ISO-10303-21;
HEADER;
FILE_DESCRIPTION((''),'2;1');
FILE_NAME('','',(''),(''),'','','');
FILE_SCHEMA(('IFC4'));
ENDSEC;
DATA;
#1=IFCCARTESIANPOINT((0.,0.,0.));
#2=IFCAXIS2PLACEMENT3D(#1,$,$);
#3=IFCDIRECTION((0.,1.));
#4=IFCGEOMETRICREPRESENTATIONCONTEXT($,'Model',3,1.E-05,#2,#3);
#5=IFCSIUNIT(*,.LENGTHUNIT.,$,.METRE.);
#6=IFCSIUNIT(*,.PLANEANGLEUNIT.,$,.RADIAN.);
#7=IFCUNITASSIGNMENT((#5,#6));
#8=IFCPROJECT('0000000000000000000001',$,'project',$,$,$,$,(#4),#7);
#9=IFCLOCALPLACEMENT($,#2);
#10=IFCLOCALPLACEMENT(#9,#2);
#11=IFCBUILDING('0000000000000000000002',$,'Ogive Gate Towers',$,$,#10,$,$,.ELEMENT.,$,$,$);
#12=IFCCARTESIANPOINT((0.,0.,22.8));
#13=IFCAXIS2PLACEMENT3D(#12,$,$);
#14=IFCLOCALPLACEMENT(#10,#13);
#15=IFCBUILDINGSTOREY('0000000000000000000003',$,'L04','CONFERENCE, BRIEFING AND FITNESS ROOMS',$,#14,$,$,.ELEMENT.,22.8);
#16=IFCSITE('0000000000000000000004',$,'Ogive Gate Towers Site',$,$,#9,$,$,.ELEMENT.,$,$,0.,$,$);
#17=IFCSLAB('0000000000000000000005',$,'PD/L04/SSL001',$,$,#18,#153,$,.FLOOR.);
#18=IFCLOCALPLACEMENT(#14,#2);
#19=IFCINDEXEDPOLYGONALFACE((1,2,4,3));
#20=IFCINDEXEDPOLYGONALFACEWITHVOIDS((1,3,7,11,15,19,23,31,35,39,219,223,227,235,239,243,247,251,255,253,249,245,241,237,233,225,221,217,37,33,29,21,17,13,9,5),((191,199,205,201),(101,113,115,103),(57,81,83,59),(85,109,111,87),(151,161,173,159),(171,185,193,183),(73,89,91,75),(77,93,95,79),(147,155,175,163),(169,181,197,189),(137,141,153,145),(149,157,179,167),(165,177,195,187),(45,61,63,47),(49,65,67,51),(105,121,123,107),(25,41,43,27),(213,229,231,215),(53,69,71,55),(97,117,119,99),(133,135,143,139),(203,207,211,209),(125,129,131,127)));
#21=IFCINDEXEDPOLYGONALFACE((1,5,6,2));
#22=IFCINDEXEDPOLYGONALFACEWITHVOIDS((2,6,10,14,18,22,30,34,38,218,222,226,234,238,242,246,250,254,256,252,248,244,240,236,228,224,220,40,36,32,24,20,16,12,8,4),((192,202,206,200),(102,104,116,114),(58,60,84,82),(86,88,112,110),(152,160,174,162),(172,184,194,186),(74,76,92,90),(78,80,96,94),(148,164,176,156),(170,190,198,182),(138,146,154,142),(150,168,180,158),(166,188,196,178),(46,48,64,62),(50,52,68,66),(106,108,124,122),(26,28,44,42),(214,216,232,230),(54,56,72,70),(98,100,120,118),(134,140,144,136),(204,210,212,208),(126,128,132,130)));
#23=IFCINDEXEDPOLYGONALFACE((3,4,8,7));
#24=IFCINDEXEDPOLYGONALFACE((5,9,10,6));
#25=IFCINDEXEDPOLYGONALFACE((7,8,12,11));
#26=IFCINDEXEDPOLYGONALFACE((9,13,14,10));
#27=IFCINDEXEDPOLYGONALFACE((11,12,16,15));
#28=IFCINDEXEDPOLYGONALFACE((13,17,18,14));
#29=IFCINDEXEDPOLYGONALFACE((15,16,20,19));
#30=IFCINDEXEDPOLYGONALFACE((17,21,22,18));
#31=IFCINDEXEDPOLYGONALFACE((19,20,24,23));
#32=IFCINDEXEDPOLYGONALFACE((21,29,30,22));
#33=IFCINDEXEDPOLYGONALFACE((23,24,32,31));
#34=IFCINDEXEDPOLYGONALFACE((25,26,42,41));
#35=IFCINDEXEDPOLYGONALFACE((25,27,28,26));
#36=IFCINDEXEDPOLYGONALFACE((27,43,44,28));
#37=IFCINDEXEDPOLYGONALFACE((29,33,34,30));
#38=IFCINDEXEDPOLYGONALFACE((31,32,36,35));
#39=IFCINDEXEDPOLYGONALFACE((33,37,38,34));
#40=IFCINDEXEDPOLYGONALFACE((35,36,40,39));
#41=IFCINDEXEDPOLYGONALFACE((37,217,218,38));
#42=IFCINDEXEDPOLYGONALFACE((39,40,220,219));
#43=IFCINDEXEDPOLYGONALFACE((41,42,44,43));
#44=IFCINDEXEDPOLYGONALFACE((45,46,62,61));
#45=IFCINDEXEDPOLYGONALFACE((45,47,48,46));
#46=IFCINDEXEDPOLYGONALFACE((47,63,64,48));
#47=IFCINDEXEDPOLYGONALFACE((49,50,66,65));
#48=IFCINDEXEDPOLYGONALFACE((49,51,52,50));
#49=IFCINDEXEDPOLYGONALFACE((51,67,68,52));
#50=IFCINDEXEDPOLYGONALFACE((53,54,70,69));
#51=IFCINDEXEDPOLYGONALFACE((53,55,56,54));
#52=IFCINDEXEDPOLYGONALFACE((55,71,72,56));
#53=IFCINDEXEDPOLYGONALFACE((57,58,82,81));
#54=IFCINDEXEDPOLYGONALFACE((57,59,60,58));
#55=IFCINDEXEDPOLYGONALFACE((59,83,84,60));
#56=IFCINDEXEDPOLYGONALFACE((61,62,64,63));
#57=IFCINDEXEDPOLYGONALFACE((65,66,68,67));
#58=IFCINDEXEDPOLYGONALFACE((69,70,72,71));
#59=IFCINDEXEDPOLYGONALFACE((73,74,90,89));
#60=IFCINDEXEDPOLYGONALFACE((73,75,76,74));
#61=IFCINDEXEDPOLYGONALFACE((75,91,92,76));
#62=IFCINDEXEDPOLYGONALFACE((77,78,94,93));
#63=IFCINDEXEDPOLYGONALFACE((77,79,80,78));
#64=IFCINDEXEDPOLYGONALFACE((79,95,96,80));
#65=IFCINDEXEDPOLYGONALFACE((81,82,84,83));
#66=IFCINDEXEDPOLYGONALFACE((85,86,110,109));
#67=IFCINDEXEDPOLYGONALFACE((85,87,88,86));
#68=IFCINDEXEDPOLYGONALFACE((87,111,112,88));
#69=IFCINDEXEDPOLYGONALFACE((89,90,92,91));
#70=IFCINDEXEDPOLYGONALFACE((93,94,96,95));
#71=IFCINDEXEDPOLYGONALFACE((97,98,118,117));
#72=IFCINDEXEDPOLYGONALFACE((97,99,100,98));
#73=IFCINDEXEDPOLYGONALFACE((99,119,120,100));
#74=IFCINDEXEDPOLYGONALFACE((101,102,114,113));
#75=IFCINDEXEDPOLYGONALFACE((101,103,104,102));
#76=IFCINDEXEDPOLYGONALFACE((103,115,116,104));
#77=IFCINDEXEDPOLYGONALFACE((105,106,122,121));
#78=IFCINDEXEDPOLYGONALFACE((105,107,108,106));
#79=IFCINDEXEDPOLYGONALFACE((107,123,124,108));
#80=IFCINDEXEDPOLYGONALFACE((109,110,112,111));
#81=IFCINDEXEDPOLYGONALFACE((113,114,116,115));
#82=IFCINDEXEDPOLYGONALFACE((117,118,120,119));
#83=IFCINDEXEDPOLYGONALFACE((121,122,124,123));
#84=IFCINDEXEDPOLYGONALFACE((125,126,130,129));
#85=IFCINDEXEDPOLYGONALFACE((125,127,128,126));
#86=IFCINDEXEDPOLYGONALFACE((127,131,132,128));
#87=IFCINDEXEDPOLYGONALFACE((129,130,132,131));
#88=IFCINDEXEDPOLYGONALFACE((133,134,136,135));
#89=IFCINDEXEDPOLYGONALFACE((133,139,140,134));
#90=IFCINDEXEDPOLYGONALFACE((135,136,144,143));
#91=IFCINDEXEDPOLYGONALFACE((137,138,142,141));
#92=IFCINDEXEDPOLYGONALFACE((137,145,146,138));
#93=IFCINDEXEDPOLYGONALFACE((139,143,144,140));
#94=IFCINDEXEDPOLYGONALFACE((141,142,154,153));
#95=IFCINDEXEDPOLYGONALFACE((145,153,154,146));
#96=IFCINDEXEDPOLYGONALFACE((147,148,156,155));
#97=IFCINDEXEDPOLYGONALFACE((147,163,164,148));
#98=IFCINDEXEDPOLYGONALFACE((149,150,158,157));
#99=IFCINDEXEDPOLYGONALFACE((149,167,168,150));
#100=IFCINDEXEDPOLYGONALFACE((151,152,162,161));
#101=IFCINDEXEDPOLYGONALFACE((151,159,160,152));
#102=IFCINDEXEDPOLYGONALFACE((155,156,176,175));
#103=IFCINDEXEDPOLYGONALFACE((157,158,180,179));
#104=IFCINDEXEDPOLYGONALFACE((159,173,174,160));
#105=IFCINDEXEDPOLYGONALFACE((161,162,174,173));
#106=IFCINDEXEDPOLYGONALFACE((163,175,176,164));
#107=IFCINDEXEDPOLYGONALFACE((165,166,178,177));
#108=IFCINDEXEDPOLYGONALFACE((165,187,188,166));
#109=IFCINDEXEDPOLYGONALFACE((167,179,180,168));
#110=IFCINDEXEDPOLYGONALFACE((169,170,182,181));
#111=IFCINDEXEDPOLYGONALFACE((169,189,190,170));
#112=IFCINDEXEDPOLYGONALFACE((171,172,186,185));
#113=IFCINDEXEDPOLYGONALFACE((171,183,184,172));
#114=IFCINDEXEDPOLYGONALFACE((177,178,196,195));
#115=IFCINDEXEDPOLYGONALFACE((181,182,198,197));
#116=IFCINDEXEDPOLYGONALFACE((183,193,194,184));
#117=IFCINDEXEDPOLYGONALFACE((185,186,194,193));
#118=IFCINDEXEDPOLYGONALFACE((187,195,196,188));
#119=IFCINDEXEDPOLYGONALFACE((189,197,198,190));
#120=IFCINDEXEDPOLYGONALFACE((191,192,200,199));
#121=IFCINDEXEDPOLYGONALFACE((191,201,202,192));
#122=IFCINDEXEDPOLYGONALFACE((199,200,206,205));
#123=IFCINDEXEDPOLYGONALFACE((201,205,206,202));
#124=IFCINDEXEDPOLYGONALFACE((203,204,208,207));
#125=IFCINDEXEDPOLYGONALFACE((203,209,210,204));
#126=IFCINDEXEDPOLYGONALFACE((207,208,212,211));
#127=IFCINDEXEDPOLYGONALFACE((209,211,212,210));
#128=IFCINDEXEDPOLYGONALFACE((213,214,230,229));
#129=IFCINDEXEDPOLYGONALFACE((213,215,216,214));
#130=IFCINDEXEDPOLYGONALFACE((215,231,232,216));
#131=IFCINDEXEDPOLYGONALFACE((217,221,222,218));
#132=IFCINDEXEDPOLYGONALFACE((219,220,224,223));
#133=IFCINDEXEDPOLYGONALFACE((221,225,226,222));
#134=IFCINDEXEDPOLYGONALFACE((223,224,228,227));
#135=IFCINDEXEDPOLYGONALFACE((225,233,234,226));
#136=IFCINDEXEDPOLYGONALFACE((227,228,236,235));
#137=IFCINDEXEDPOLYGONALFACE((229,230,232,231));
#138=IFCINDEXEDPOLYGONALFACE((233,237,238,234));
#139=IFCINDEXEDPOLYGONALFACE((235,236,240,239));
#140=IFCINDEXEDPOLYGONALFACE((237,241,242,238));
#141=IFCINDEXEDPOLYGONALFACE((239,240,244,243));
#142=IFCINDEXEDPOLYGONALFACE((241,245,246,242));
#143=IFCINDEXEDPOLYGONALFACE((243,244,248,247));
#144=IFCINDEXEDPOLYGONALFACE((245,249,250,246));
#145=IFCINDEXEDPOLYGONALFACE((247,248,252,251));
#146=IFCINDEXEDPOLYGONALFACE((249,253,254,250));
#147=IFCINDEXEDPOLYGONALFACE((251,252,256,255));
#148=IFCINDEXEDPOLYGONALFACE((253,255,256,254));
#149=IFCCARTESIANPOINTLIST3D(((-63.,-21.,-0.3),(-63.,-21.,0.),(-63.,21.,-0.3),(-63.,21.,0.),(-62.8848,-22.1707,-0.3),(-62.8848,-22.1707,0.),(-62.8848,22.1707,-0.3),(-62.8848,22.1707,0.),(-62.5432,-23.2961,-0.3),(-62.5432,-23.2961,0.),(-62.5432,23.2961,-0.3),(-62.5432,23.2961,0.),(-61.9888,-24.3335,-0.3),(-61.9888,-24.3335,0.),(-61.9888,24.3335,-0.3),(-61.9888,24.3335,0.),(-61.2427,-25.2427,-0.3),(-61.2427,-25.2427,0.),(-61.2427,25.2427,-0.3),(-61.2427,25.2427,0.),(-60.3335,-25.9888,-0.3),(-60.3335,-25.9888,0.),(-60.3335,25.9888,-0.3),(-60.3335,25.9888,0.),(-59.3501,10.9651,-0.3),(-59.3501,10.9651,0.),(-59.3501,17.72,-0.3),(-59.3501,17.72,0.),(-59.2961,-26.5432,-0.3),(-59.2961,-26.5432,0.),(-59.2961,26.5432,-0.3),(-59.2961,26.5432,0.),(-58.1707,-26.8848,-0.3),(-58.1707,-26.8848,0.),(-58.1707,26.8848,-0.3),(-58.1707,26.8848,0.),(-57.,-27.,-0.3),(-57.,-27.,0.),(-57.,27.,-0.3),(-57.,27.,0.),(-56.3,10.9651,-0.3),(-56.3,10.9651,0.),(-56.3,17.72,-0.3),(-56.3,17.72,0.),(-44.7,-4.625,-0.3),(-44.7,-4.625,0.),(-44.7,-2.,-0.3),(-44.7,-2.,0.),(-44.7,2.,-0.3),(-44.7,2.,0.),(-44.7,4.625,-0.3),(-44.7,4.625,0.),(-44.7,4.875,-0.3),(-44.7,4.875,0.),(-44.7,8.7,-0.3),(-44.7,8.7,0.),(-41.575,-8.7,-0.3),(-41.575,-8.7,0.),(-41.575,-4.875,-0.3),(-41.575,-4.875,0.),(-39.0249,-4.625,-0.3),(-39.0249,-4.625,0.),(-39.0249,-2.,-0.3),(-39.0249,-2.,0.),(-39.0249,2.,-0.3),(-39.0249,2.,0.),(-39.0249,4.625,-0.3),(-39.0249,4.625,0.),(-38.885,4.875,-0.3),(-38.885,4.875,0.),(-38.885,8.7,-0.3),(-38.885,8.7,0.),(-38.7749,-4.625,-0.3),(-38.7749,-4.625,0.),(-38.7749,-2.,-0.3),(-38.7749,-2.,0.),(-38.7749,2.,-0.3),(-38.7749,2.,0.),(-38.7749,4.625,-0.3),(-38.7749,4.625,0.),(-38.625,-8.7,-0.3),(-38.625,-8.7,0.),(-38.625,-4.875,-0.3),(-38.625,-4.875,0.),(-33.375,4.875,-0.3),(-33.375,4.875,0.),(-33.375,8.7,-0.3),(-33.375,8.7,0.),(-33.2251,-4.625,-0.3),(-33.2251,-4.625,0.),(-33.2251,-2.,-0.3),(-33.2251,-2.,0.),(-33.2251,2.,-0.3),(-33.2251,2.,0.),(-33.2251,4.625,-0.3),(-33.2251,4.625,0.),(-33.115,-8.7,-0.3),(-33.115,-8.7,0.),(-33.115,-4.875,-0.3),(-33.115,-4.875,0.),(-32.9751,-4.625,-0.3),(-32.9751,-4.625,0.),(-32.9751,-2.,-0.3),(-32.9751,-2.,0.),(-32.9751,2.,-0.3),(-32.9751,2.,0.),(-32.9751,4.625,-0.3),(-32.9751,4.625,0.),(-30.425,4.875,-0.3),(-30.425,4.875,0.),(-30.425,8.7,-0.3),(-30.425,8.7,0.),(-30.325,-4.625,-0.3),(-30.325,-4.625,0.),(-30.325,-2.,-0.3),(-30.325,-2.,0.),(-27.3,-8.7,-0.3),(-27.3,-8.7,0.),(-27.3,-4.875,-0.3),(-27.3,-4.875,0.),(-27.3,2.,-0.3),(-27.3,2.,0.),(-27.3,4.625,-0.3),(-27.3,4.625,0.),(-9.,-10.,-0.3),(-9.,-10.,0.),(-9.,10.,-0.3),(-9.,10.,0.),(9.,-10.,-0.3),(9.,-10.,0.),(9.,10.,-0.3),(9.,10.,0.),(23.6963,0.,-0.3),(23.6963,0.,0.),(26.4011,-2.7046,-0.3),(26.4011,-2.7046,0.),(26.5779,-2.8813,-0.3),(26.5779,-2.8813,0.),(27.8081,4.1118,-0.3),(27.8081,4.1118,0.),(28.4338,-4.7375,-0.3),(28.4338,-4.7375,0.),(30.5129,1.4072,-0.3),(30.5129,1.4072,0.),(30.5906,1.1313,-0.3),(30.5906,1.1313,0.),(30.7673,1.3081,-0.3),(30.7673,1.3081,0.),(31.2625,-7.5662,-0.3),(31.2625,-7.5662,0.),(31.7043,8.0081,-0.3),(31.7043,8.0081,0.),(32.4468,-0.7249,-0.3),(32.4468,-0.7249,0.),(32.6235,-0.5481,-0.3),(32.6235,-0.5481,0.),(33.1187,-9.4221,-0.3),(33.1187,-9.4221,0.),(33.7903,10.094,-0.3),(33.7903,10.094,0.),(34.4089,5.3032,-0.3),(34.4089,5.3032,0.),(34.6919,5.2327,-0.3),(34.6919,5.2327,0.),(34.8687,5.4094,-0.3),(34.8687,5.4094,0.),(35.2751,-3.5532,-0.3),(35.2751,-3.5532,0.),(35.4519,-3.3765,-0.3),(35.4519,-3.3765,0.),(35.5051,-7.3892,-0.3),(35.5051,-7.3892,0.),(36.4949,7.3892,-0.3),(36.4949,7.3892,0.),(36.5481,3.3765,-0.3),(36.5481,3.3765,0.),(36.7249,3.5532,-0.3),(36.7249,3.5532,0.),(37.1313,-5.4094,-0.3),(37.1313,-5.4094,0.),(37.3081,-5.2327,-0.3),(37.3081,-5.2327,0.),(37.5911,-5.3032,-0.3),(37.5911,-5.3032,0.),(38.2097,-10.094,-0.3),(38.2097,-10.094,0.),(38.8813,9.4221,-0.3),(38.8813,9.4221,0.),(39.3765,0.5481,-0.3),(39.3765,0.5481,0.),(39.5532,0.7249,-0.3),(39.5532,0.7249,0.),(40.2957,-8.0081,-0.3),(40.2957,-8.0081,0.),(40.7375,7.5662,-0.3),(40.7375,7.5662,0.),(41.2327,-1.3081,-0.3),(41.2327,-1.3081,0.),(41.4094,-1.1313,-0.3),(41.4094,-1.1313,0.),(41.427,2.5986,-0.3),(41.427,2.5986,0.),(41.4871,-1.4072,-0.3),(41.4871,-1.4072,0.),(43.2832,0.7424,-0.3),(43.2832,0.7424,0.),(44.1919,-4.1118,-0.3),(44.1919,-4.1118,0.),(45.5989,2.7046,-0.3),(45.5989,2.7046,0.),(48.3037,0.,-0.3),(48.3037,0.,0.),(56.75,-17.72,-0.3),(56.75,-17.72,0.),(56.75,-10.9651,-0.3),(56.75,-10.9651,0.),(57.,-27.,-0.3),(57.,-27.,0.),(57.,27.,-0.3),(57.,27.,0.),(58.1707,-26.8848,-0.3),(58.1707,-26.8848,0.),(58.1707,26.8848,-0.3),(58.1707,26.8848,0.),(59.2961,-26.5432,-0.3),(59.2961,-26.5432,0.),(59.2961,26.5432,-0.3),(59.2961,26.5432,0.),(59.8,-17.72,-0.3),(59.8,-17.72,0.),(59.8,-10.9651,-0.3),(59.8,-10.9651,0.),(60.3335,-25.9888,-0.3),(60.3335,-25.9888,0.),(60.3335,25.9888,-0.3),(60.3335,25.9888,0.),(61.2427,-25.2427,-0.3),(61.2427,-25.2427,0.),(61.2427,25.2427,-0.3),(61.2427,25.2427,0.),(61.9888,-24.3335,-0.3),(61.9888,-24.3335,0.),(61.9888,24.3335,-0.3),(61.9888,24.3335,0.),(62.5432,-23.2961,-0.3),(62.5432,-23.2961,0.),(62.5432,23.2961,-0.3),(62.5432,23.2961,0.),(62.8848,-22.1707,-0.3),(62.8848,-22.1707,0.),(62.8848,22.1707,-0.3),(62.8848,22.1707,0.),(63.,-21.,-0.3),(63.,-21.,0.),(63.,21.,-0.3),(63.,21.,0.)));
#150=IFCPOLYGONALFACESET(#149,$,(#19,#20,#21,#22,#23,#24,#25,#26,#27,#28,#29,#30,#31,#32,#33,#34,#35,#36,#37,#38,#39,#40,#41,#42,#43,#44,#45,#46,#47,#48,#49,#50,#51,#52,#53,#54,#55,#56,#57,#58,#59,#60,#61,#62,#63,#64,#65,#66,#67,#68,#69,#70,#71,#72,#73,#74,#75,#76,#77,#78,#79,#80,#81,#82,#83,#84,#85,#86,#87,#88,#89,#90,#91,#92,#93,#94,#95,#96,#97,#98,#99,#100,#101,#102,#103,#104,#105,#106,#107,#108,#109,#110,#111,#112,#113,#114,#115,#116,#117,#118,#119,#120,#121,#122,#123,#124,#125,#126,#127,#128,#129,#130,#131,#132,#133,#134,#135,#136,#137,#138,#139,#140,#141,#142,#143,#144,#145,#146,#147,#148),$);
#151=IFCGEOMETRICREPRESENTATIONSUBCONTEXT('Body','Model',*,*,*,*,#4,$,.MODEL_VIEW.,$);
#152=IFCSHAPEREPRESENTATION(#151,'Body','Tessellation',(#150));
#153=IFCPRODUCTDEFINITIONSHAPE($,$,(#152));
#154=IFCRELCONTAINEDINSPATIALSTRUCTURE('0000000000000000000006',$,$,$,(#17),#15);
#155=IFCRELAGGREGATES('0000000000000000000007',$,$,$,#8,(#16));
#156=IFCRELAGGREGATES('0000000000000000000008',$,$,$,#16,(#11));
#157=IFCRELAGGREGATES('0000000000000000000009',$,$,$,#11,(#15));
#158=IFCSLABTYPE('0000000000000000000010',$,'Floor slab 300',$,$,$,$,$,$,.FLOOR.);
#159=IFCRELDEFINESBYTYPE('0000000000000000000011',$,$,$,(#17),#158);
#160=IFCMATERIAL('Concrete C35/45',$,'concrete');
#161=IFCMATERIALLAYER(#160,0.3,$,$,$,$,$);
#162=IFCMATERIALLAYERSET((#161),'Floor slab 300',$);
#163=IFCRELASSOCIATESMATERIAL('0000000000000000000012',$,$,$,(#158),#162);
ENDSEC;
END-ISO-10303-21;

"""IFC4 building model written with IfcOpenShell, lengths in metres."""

from ifc_helpers import new_model, si_unit, direction, frame, origin, place, context, subcontext, project, spatial, polyline, outline, extrude, material, layer, layer_set, type_object, element, save


model = new_model("IFC4")

# Units and contexts
model_context = context("Model", 3, precision=1e-05, world=origin(), true_north=direction((0.0, 1.0)))
body_context = subcontext(model_context, "Body", "Model", "MODEL_VIEW")
ifc_project = project(units=[si_unit("LENGTHUNIT", "METRE"), si_unit("PLANEANGLEUNIT", "RADIAN")], contexts=[model_context])

# Site, building, storey
site_placement = place(None, origin())
site = spatial("IfcSite", under=ifc_project, at=site_placement, Name="Ogive Gate Towers Site", CompositionType="ELEMENT", RefElevation=0.0)
building_placement = place(site_placement, origin())
building = spatial("IfcBuilding", under=site, at=building_placement, Name="Ogive Gate Towers", CompositionType="ELEMENT")
storey_placement = place(building_placement, frame((0.0, 0.0, 22.8)))
storey = spatial("IfcBuildingStorey", under=building, at=storey_placement, Name="L04", Description="CONFERENCE, BRIEFING AND FITNESS ROOMS", CompositionType="ELEMENT", Elevation=22.8)

# Slab
ifc_material_1 = material(Name="Concrete C35/45", Category="concrete")
ifc_layer_1 = layer(ifc_material_1, 0.3)
ifc_layer_set_1 = layer_set([ifc_layer_1], Name="Floor slab 300")
slab_type_1 = type_object("IfcSlabType", Name="Floor slab 300", PredefinedType="FLOOR", material=ifc_layer_set_1)
slab_1_placement = place(storey_placement, frame((0.0, 0.0, -0.3)))
element("IfcSlab", 1, at=slab_1_placement, inside=storey, type_object=slab_type_1, Name="PD/L04/SSL001", PredefinedType="FLOOR", context=body_context, shape_type="SweptSolid", body=[
    extrude(outline(polyline([(61.2427, 25.2427), (60.3335, 25.9888), (59.2961, 26.5432), (58.1707, 26.8848), (57.0, 27.0), (-57.0, 27.0), (-58.1707, 26.8848), (-59.2961, 26.5432), (-60.3335, 25.9888), (-61.2427, 25.2427), (-61.9888, 24.3335), (-62.5432, 23.2961), (-62.8848, 22.1707), (-63.0, 21.0), (-63.0, -21.0), (-62.8848, -22.1707), (-62.5432, -23.2961), (-61.9888, -24.3335), (-61.2427, -25.2427), (-60.3335, -25.9888), (-59.2961, -26.5432), (-58.1707, -26.8848), (-57.0, -27.0), (57.0, -27.0), (58.1707, -26.8848), (59.2961, -26.5432), (60.3335, -25.9888), (61.2427, -25.2427), (61.9888, -24.3335), (62.5432, -23.2961), (62.8848, -22.1707), (63.0, -21.0), (63.0, 21.0), (62.8848, 22.1707), (62.5432, 23.2961), (61.9888, 24.3335), (61.2427, 25.2427)]), holes=[polyline([(-9.0, 10.0), (9.0, 10.0), (9.0, -10.0), (-9.0, -10.0), (-9.0, 10.0)]), polyline([(-56.3, 10.9651), (-59.3501, 10.9651), (-59.3501, 17.72), (-56.3, 17.72), (-56.3, 10.9651)]), polyline([(59.8, -10.9651), (59.8, -17.72), (56.75, -17.72), (56.75, -10.9651), (59.8, -10.9651)]), polyline([(-39.0249, 2.0), (-44.7, 2.0), (-44.7, 4.625), (-39.0249, 4.625), (-39.0249, 2.0)]), polyline([(-38.7749, 4.625), (-33.2251, 4.625), (-33.2251, 2.0), (-38.7749, 2.0), (-38.7749, 4.625)]), polyline([(-27.3, 2.0), (-32.9751, 2.0), (-32.9751, 4.625), (-27.3, 4.625), (-27.3, 2.0)]), polyline([(-44.7, -2.0), (-39.0249, -2.0), (-39.0249, -4.625), (-44.7, -4.625), (-44.7, -2.0)]), polyline([(-33.2251, -4.625), (-38.7749, -4.625), (-38.7749, -2.0), (-33.2251, -2.0), (-33.2251, -4.625)]), polyline([(-32.9751, -2.0), (-30.325, -2.0), (-30.325, -4.625), (-32.9751, -4.625), (-32.9751, -2.0)]), polyline([(-30.425, 4.875), (-33.375, 4.875), (-33.375, 8.7), (-30.425, 8.7), (-30.425, 4.875)]), polyline([(-41.575, -4.875), (-38.625, -4.875), (-38.625, -8.7), (-41.575, -8.7), (-41.575, -4.875)]), polyline([(-44.7, 8.7), (-38.885, 8.7), (-38.885, 4.875), (-44.7, 4.875), (-44.7, 8.7)]), polyline([(-33.115, -4.875), (-27.3, -4.875), (-27.3, -8.7), (-33.115, -8.7), (-33.115, -4.875)]), polyline([(26.5779, -2.8813), (30.5906, 1.1313), (32.4468, -0.7249), (28.4338, -4.7375), (26.5779, -2.8813)]), polyline([(36.5481, 3.3765), (32.6235, -0.5481), (30.7673, 1.3081), (34.6919, 5.2327), (36.5481, 3.3765)]), polyline([(34.8687, 5.4094), (38.8813, 9.4221), (40.7375, 7.5662), (36.7249, 3.5532), (34.8687, 5.4094)]), polyline([(37.1313, -5.4094), (33.1187, -9.4221), (31.2625, -7.5662), (35.2751, -3.5532), (37.1313, -5.4094)]), polyline([(35.4519, -3.3765), (39.3765, 0.5481), (41.2327, -1.3081), (37.3081, -5.2327), (35.4519, -3.3765)]), polyline([(43.2832, 0.7424), (41.4094, -1.1313), (39.5532, 0.7249), (41.427, 2.5986), (43.2832, 0.7424)]), polyline([(31.7043, 8.0081), (33.7903, 10.094), (36.4949, 7.3892), (34.4089, 5.3032), (31.7043, 8.0081)]), polyline([(40.2957, -8.0081), (38.2097, -10.094), (35.5051, -7.3892), (37.5911, -5.3032), (40.2957, -8.0081)]), polyline([(30.5129, 1.4072), (26.4011, -2.7046), (23.6963, 0.0), (27.8081, 4.1118), (30.5129, 1.4072)]), polyline([(48.3037, 0.0), (44.1919, -4.1118), (41.4871, -1.4072), (45.5989, 2.7046), (48.3037, 0.0)])]), origin(), (0.0, 0.0, 1.0), 0.3),
])

save(model, "model.ifc")
